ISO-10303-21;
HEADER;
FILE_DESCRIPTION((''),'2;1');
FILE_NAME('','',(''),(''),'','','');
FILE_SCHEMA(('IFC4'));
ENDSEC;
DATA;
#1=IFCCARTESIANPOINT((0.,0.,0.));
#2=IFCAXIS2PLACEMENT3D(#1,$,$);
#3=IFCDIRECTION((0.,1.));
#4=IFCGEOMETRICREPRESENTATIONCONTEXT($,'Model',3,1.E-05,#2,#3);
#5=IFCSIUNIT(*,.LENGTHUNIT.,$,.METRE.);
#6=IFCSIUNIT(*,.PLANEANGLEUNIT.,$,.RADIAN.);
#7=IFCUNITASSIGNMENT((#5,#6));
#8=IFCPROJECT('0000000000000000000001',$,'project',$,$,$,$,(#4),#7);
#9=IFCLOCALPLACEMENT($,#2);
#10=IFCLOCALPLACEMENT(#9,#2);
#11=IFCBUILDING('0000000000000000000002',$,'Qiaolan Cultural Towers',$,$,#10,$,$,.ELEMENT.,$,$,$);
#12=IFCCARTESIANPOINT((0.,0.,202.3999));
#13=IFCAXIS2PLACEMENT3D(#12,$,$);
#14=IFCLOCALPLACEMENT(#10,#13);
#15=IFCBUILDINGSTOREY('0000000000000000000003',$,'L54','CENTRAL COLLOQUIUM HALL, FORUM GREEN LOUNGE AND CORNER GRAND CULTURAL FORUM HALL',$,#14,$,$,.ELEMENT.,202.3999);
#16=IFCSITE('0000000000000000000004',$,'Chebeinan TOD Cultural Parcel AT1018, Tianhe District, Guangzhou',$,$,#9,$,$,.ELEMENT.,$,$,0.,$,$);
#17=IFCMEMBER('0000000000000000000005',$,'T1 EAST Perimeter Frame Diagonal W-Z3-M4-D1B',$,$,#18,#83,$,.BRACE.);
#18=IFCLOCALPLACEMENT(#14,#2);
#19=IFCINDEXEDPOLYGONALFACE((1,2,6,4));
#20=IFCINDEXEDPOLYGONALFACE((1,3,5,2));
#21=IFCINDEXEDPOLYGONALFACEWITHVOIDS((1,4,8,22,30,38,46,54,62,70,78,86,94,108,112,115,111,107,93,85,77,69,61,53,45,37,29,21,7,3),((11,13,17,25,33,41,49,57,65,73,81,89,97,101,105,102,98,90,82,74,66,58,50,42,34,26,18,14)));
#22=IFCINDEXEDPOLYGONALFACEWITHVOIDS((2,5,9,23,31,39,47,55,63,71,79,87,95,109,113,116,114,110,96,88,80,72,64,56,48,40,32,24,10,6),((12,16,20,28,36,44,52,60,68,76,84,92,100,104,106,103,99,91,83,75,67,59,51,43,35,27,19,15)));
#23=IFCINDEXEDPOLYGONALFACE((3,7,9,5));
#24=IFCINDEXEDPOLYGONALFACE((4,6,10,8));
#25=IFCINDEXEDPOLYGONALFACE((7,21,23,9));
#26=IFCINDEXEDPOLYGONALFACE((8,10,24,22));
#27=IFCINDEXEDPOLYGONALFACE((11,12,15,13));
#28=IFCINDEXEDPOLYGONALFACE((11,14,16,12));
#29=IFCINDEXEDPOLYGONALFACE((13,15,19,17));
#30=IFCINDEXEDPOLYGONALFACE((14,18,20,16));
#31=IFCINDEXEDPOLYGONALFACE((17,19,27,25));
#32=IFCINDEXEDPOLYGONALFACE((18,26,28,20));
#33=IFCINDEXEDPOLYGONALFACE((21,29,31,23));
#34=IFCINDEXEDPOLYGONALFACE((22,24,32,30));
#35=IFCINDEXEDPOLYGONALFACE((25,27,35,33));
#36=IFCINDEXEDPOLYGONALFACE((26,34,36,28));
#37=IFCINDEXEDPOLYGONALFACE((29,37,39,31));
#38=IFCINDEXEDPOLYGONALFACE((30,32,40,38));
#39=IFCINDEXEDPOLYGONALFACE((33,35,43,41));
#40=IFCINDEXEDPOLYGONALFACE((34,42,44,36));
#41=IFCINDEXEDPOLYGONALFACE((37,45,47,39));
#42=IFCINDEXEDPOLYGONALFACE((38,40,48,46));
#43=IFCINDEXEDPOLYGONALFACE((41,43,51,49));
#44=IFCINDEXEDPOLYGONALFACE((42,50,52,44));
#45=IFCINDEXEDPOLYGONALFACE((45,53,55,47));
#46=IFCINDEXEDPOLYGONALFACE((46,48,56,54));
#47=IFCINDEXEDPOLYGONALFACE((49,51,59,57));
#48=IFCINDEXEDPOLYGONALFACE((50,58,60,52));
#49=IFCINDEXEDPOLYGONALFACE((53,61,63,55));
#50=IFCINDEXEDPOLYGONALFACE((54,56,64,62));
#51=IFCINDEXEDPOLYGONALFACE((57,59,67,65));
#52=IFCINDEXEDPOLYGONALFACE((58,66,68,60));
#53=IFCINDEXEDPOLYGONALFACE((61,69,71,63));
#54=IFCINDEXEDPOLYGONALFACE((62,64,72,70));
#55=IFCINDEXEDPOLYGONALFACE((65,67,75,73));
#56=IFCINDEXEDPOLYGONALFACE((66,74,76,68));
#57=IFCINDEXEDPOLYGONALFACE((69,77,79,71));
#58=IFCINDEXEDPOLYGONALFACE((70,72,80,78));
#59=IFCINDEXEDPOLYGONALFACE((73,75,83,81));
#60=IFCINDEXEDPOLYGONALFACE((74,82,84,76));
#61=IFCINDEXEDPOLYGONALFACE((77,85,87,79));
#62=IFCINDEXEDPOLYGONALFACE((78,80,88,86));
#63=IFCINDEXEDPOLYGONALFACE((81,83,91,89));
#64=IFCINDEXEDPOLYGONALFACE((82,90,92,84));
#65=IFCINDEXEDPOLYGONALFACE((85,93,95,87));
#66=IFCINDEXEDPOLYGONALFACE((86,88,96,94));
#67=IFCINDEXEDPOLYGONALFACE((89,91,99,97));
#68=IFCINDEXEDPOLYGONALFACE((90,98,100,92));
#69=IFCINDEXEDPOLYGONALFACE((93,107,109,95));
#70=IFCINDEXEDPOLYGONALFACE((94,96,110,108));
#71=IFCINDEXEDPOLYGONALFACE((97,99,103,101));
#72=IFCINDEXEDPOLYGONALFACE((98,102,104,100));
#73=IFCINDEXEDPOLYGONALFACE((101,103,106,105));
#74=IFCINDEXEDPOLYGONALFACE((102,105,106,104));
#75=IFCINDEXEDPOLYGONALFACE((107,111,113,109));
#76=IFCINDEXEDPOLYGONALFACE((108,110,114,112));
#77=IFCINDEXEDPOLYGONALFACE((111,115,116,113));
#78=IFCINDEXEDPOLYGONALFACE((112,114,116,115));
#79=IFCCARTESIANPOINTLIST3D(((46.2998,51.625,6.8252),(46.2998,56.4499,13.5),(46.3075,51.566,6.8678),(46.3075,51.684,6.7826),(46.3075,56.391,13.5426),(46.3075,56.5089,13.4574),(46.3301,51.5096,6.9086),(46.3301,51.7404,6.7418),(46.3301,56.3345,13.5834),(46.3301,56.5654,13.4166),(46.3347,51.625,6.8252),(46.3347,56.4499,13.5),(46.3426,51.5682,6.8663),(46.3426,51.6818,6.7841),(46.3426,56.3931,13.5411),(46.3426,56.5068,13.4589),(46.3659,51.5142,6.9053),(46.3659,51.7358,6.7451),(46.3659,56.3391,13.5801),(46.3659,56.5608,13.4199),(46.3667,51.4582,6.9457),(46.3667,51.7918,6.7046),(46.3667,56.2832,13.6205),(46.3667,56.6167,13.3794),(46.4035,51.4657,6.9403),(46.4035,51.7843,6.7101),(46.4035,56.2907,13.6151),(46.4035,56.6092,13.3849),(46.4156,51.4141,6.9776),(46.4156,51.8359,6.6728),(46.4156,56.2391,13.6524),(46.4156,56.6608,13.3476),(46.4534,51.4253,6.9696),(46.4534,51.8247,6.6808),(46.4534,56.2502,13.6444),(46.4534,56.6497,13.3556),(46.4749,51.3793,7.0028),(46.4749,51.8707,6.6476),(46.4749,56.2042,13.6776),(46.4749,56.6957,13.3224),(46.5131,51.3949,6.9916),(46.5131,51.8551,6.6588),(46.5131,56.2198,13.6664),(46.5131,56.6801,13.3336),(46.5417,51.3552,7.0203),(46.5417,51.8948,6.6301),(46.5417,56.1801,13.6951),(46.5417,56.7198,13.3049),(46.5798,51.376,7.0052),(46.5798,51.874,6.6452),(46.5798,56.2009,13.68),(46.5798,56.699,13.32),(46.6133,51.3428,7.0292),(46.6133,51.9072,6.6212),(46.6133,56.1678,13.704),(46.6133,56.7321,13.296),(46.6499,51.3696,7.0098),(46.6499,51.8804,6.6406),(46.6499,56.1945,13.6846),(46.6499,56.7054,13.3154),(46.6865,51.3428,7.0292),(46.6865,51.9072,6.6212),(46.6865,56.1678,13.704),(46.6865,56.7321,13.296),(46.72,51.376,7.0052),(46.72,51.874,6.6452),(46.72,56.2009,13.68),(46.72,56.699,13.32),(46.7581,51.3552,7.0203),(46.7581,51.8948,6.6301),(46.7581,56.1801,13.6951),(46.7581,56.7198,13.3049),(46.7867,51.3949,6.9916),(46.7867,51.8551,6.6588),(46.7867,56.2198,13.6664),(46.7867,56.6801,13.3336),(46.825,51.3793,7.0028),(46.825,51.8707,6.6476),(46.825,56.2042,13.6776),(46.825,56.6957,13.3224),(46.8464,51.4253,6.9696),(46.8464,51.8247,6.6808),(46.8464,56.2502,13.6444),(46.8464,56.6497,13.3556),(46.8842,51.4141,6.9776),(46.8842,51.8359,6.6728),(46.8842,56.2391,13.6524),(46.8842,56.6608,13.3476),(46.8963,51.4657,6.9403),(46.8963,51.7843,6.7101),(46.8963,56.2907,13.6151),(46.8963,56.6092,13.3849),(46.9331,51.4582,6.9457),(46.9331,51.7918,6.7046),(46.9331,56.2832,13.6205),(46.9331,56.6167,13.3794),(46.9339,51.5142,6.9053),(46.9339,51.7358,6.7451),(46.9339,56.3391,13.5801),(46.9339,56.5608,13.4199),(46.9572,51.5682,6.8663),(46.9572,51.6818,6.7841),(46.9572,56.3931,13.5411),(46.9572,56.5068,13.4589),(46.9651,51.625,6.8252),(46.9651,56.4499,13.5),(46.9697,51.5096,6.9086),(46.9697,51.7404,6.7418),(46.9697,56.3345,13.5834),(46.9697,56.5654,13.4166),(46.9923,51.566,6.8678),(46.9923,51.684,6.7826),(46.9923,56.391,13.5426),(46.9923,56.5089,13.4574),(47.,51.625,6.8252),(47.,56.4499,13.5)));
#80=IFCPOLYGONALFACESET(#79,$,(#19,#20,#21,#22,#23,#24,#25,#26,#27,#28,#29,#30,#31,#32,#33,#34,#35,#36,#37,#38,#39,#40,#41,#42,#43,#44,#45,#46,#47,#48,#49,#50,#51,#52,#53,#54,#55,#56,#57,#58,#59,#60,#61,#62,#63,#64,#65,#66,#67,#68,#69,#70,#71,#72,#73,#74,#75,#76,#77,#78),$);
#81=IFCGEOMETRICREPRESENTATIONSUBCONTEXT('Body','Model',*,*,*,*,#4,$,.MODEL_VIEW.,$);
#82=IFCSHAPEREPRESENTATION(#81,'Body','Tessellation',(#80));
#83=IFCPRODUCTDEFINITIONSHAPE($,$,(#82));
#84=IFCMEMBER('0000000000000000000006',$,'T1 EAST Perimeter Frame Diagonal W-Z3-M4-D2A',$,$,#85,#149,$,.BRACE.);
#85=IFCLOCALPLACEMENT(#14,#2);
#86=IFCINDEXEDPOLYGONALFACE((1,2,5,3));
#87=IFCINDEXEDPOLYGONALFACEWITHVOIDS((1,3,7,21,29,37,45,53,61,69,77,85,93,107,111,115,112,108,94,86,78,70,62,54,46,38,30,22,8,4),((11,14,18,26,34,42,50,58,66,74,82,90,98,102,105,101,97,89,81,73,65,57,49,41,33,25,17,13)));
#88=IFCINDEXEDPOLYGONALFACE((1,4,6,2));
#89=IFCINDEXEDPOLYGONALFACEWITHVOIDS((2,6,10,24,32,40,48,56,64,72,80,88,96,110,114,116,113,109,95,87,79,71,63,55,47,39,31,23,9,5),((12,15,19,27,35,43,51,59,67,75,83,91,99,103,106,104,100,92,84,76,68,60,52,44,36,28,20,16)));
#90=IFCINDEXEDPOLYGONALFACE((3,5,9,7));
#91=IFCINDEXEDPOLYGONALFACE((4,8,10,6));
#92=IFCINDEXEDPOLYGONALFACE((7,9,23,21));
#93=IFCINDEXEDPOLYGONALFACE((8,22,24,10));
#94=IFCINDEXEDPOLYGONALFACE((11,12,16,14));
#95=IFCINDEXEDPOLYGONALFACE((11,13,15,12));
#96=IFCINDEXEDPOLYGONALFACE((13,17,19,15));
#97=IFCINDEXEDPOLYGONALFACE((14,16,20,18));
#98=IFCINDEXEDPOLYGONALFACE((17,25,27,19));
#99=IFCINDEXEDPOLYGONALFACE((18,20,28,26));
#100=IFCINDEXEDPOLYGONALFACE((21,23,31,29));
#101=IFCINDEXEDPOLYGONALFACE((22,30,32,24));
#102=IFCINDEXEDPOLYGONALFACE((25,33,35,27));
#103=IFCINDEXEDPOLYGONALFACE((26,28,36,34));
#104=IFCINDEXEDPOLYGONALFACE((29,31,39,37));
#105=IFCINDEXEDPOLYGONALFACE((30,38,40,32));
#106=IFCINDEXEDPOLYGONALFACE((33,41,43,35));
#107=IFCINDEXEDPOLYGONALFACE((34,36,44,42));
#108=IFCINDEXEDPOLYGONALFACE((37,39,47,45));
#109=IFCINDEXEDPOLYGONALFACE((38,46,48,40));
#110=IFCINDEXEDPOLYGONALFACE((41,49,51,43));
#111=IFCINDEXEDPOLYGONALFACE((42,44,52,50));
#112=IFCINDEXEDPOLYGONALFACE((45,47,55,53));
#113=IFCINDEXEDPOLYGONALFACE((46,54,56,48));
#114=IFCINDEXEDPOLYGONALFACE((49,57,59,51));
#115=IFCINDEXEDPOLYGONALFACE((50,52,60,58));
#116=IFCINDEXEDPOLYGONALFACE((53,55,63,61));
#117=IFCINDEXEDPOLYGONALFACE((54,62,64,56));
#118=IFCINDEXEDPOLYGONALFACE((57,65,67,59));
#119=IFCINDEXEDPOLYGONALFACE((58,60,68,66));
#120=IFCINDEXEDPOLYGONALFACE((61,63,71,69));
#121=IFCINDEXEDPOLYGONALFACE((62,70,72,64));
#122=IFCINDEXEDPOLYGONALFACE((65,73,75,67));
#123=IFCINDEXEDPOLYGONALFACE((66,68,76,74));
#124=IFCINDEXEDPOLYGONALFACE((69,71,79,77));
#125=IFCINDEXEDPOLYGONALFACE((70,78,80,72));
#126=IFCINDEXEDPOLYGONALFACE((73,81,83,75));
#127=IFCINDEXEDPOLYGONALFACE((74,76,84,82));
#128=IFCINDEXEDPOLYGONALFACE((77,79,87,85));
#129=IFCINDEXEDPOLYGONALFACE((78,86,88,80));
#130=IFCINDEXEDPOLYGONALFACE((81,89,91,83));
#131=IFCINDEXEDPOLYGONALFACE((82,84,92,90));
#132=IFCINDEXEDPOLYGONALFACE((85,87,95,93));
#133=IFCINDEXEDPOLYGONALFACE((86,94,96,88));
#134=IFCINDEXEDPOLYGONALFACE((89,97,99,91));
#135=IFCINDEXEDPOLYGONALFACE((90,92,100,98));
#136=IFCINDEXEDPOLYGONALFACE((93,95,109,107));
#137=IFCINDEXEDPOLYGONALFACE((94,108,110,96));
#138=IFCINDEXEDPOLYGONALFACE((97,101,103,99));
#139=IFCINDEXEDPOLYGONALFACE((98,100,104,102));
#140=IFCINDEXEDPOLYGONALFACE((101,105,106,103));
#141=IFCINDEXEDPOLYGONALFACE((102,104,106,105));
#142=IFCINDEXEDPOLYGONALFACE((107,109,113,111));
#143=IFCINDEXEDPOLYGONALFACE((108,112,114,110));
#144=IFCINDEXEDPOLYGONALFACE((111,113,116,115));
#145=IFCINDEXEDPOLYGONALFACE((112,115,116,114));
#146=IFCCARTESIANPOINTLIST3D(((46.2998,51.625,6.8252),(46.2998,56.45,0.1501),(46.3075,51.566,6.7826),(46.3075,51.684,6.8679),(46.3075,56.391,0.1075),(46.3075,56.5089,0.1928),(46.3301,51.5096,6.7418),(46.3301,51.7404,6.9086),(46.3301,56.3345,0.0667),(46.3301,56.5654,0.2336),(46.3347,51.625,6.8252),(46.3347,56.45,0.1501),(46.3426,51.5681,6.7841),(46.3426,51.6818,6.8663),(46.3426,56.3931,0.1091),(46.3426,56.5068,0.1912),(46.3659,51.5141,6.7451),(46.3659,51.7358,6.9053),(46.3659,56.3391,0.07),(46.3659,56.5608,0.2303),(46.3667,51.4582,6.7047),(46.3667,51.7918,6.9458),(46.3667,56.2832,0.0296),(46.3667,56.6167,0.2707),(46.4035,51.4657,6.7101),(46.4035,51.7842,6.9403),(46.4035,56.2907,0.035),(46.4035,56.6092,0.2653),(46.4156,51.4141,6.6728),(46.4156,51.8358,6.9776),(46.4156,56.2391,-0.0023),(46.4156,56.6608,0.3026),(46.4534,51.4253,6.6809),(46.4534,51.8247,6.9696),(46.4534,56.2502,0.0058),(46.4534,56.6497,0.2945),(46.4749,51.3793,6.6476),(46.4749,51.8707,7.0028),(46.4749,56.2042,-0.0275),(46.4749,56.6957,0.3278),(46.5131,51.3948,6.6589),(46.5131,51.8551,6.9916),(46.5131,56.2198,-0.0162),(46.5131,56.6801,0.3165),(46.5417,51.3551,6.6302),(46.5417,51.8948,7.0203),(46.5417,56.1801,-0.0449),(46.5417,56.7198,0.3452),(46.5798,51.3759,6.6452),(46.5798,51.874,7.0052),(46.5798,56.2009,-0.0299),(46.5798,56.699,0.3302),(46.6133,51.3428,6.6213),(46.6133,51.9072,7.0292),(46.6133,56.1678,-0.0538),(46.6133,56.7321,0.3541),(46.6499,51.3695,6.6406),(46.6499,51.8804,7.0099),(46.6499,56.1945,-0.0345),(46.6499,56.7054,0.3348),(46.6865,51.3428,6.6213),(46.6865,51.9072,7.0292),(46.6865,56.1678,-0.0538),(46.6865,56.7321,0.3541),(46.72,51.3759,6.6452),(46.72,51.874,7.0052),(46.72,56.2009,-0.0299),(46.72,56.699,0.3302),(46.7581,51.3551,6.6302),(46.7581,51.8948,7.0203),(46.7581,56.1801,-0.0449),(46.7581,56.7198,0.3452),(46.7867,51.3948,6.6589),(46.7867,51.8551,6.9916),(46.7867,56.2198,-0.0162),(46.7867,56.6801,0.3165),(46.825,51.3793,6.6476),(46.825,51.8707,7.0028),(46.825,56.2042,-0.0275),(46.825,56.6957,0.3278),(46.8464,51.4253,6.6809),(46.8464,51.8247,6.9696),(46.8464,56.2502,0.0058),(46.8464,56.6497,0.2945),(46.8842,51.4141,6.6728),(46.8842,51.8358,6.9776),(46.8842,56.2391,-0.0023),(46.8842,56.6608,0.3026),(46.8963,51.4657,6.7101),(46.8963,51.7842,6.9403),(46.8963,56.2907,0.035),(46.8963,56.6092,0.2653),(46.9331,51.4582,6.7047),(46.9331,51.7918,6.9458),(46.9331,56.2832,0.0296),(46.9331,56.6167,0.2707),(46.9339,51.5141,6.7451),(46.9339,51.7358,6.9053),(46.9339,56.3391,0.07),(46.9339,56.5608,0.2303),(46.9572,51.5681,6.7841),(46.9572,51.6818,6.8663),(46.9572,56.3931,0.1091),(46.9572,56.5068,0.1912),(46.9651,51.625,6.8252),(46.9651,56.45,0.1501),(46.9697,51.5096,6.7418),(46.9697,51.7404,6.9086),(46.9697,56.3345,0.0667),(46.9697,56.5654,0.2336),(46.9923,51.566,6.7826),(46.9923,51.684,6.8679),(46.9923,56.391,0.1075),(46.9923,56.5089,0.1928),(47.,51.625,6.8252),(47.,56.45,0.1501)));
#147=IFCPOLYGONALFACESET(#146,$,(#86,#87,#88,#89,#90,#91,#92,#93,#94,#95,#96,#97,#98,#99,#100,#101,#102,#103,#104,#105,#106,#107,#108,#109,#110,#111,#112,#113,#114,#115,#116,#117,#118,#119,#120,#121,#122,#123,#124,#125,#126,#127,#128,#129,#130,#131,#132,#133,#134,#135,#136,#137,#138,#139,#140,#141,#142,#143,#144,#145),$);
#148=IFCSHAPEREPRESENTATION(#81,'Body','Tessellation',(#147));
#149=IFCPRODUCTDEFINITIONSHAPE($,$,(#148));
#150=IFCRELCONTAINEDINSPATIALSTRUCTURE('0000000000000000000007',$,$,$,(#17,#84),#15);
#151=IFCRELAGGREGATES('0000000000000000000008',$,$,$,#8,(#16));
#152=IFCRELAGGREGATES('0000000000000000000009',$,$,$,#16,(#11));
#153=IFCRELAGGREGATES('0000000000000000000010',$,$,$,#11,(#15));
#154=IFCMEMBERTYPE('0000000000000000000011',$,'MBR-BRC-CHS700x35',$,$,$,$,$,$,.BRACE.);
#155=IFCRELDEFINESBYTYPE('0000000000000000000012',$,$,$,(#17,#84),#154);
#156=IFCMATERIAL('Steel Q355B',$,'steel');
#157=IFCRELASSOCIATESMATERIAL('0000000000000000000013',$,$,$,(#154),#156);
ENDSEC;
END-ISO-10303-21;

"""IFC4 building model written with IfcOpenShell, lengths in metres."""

from ifc_helpers import new_model, si_unit, direction, frame, origin, origin_2d, place, context, subcontext, project, spatial, hollow_circle, extrude, material, material_profile, profile_set, type_object, element, save


model = new_model("IFC4")

# Units and contexts
model_context = context("Model", 3, precision=1e-05, world=origin(), true_north=direction((0.0, 1.0)))
body_context = subcontext(model_context, "Body", "Model", "MODEL_VIEW")
ifc_project = project(units=[si_unit("LENGTHUNIT", "METRE"), si_unit("PLANEANGLEUNIT", "RADIAN")], contexts=[model_context])

# Site, building, storey
site_placement = place(None, origin())
site = spatial("IfcSite", under=ifc_project, at=site_placement, Name="Chebeinan TOD Cultural Parcel AT1018, Tianhe District, Guangzhou", CompositionType="ELEMENT", RefElevation=0.0)
building_placement = place(site_placement, origin())
building = spatial("IfcBuilding", under=site, at=building_placement, Name="Qiaolan Cultural Towers", CompositionType="ELEMENT")
storey_placement = place(building_placement, frame((0.0, 0.0, 202.3999)))
storey = spatial("IfcBuildingStorey", under=building, at=storey_placement, Name="L54", Description="CENTRAL COLLOQUIUM HALL, FORUM GREEN LOUNGE AND CORNER GRAND CULTURAL FORUM HALL", CompositionType="ELEMENT", Elevation=202.3999)

# Members
ifc_material_1 = material(Name="Steel Q355B", Category="steel")
ifc_material_profile_1 = material_profile(ifc_material_1, hollow_circle(Radius=0.3501, WallThickness=0.0349, at=origin_2d()), Name="CHS700x35")
ifc_profile_set_1 = profile_set([ifc_material_profile_1], Name="Steel Q355B")
member_type_1 = type_object("IfcMemberType", Name="MBR-BRC-CHS700x35", PredefinedType="BRACE", material=ifc_profile_set_1)
member_1_placement = place(storey_placement, frame((46.6499, 51.625, 6.8252), z_axis=(0.0, 0.58583, 0.810434), x_axis=(-1.0, 0.0, 0.0)))
element("IfcMember", 1, at=member_1_placement, inside=storey, type_object=member_type_1, Name="T1 EAST Perimeter Frame Diagonal W-Z3-M4-D1B", PredefinedType="BRACE", context=body_context, shape_type="SweptSolid", body=[
    extrude(hollow_circle(Radius=0.3501, WallThickness=0.0349, at=origin_2d()), origin(), (0.0, 0.0, 1.0), 8.2361),
])
member_2_placement = place(storey_placement, frame((46.6499, 56.45, 0.1501), z_axis=(0.0, -0.585816, 0.810444), x_axis=(1.0, 0.0, 0.0)))
element("IfcMember", 2, at=member_2_placement, inside=storey, type_object=member_type_1, Name="T1 EAST Perimeter Frame Diagonal W-Z3-M4-D2A", PredefinedType="BRACE", context=body_context, shape_type="SweptSolid", body=[
    extrude(hollow_circle(Radius=0.3501, WallThickness=0.0349, at=origin_2d()), origin(), (0.0, 0.0, 1.0), 8.2363),
])

save(model, "model.ifc")
